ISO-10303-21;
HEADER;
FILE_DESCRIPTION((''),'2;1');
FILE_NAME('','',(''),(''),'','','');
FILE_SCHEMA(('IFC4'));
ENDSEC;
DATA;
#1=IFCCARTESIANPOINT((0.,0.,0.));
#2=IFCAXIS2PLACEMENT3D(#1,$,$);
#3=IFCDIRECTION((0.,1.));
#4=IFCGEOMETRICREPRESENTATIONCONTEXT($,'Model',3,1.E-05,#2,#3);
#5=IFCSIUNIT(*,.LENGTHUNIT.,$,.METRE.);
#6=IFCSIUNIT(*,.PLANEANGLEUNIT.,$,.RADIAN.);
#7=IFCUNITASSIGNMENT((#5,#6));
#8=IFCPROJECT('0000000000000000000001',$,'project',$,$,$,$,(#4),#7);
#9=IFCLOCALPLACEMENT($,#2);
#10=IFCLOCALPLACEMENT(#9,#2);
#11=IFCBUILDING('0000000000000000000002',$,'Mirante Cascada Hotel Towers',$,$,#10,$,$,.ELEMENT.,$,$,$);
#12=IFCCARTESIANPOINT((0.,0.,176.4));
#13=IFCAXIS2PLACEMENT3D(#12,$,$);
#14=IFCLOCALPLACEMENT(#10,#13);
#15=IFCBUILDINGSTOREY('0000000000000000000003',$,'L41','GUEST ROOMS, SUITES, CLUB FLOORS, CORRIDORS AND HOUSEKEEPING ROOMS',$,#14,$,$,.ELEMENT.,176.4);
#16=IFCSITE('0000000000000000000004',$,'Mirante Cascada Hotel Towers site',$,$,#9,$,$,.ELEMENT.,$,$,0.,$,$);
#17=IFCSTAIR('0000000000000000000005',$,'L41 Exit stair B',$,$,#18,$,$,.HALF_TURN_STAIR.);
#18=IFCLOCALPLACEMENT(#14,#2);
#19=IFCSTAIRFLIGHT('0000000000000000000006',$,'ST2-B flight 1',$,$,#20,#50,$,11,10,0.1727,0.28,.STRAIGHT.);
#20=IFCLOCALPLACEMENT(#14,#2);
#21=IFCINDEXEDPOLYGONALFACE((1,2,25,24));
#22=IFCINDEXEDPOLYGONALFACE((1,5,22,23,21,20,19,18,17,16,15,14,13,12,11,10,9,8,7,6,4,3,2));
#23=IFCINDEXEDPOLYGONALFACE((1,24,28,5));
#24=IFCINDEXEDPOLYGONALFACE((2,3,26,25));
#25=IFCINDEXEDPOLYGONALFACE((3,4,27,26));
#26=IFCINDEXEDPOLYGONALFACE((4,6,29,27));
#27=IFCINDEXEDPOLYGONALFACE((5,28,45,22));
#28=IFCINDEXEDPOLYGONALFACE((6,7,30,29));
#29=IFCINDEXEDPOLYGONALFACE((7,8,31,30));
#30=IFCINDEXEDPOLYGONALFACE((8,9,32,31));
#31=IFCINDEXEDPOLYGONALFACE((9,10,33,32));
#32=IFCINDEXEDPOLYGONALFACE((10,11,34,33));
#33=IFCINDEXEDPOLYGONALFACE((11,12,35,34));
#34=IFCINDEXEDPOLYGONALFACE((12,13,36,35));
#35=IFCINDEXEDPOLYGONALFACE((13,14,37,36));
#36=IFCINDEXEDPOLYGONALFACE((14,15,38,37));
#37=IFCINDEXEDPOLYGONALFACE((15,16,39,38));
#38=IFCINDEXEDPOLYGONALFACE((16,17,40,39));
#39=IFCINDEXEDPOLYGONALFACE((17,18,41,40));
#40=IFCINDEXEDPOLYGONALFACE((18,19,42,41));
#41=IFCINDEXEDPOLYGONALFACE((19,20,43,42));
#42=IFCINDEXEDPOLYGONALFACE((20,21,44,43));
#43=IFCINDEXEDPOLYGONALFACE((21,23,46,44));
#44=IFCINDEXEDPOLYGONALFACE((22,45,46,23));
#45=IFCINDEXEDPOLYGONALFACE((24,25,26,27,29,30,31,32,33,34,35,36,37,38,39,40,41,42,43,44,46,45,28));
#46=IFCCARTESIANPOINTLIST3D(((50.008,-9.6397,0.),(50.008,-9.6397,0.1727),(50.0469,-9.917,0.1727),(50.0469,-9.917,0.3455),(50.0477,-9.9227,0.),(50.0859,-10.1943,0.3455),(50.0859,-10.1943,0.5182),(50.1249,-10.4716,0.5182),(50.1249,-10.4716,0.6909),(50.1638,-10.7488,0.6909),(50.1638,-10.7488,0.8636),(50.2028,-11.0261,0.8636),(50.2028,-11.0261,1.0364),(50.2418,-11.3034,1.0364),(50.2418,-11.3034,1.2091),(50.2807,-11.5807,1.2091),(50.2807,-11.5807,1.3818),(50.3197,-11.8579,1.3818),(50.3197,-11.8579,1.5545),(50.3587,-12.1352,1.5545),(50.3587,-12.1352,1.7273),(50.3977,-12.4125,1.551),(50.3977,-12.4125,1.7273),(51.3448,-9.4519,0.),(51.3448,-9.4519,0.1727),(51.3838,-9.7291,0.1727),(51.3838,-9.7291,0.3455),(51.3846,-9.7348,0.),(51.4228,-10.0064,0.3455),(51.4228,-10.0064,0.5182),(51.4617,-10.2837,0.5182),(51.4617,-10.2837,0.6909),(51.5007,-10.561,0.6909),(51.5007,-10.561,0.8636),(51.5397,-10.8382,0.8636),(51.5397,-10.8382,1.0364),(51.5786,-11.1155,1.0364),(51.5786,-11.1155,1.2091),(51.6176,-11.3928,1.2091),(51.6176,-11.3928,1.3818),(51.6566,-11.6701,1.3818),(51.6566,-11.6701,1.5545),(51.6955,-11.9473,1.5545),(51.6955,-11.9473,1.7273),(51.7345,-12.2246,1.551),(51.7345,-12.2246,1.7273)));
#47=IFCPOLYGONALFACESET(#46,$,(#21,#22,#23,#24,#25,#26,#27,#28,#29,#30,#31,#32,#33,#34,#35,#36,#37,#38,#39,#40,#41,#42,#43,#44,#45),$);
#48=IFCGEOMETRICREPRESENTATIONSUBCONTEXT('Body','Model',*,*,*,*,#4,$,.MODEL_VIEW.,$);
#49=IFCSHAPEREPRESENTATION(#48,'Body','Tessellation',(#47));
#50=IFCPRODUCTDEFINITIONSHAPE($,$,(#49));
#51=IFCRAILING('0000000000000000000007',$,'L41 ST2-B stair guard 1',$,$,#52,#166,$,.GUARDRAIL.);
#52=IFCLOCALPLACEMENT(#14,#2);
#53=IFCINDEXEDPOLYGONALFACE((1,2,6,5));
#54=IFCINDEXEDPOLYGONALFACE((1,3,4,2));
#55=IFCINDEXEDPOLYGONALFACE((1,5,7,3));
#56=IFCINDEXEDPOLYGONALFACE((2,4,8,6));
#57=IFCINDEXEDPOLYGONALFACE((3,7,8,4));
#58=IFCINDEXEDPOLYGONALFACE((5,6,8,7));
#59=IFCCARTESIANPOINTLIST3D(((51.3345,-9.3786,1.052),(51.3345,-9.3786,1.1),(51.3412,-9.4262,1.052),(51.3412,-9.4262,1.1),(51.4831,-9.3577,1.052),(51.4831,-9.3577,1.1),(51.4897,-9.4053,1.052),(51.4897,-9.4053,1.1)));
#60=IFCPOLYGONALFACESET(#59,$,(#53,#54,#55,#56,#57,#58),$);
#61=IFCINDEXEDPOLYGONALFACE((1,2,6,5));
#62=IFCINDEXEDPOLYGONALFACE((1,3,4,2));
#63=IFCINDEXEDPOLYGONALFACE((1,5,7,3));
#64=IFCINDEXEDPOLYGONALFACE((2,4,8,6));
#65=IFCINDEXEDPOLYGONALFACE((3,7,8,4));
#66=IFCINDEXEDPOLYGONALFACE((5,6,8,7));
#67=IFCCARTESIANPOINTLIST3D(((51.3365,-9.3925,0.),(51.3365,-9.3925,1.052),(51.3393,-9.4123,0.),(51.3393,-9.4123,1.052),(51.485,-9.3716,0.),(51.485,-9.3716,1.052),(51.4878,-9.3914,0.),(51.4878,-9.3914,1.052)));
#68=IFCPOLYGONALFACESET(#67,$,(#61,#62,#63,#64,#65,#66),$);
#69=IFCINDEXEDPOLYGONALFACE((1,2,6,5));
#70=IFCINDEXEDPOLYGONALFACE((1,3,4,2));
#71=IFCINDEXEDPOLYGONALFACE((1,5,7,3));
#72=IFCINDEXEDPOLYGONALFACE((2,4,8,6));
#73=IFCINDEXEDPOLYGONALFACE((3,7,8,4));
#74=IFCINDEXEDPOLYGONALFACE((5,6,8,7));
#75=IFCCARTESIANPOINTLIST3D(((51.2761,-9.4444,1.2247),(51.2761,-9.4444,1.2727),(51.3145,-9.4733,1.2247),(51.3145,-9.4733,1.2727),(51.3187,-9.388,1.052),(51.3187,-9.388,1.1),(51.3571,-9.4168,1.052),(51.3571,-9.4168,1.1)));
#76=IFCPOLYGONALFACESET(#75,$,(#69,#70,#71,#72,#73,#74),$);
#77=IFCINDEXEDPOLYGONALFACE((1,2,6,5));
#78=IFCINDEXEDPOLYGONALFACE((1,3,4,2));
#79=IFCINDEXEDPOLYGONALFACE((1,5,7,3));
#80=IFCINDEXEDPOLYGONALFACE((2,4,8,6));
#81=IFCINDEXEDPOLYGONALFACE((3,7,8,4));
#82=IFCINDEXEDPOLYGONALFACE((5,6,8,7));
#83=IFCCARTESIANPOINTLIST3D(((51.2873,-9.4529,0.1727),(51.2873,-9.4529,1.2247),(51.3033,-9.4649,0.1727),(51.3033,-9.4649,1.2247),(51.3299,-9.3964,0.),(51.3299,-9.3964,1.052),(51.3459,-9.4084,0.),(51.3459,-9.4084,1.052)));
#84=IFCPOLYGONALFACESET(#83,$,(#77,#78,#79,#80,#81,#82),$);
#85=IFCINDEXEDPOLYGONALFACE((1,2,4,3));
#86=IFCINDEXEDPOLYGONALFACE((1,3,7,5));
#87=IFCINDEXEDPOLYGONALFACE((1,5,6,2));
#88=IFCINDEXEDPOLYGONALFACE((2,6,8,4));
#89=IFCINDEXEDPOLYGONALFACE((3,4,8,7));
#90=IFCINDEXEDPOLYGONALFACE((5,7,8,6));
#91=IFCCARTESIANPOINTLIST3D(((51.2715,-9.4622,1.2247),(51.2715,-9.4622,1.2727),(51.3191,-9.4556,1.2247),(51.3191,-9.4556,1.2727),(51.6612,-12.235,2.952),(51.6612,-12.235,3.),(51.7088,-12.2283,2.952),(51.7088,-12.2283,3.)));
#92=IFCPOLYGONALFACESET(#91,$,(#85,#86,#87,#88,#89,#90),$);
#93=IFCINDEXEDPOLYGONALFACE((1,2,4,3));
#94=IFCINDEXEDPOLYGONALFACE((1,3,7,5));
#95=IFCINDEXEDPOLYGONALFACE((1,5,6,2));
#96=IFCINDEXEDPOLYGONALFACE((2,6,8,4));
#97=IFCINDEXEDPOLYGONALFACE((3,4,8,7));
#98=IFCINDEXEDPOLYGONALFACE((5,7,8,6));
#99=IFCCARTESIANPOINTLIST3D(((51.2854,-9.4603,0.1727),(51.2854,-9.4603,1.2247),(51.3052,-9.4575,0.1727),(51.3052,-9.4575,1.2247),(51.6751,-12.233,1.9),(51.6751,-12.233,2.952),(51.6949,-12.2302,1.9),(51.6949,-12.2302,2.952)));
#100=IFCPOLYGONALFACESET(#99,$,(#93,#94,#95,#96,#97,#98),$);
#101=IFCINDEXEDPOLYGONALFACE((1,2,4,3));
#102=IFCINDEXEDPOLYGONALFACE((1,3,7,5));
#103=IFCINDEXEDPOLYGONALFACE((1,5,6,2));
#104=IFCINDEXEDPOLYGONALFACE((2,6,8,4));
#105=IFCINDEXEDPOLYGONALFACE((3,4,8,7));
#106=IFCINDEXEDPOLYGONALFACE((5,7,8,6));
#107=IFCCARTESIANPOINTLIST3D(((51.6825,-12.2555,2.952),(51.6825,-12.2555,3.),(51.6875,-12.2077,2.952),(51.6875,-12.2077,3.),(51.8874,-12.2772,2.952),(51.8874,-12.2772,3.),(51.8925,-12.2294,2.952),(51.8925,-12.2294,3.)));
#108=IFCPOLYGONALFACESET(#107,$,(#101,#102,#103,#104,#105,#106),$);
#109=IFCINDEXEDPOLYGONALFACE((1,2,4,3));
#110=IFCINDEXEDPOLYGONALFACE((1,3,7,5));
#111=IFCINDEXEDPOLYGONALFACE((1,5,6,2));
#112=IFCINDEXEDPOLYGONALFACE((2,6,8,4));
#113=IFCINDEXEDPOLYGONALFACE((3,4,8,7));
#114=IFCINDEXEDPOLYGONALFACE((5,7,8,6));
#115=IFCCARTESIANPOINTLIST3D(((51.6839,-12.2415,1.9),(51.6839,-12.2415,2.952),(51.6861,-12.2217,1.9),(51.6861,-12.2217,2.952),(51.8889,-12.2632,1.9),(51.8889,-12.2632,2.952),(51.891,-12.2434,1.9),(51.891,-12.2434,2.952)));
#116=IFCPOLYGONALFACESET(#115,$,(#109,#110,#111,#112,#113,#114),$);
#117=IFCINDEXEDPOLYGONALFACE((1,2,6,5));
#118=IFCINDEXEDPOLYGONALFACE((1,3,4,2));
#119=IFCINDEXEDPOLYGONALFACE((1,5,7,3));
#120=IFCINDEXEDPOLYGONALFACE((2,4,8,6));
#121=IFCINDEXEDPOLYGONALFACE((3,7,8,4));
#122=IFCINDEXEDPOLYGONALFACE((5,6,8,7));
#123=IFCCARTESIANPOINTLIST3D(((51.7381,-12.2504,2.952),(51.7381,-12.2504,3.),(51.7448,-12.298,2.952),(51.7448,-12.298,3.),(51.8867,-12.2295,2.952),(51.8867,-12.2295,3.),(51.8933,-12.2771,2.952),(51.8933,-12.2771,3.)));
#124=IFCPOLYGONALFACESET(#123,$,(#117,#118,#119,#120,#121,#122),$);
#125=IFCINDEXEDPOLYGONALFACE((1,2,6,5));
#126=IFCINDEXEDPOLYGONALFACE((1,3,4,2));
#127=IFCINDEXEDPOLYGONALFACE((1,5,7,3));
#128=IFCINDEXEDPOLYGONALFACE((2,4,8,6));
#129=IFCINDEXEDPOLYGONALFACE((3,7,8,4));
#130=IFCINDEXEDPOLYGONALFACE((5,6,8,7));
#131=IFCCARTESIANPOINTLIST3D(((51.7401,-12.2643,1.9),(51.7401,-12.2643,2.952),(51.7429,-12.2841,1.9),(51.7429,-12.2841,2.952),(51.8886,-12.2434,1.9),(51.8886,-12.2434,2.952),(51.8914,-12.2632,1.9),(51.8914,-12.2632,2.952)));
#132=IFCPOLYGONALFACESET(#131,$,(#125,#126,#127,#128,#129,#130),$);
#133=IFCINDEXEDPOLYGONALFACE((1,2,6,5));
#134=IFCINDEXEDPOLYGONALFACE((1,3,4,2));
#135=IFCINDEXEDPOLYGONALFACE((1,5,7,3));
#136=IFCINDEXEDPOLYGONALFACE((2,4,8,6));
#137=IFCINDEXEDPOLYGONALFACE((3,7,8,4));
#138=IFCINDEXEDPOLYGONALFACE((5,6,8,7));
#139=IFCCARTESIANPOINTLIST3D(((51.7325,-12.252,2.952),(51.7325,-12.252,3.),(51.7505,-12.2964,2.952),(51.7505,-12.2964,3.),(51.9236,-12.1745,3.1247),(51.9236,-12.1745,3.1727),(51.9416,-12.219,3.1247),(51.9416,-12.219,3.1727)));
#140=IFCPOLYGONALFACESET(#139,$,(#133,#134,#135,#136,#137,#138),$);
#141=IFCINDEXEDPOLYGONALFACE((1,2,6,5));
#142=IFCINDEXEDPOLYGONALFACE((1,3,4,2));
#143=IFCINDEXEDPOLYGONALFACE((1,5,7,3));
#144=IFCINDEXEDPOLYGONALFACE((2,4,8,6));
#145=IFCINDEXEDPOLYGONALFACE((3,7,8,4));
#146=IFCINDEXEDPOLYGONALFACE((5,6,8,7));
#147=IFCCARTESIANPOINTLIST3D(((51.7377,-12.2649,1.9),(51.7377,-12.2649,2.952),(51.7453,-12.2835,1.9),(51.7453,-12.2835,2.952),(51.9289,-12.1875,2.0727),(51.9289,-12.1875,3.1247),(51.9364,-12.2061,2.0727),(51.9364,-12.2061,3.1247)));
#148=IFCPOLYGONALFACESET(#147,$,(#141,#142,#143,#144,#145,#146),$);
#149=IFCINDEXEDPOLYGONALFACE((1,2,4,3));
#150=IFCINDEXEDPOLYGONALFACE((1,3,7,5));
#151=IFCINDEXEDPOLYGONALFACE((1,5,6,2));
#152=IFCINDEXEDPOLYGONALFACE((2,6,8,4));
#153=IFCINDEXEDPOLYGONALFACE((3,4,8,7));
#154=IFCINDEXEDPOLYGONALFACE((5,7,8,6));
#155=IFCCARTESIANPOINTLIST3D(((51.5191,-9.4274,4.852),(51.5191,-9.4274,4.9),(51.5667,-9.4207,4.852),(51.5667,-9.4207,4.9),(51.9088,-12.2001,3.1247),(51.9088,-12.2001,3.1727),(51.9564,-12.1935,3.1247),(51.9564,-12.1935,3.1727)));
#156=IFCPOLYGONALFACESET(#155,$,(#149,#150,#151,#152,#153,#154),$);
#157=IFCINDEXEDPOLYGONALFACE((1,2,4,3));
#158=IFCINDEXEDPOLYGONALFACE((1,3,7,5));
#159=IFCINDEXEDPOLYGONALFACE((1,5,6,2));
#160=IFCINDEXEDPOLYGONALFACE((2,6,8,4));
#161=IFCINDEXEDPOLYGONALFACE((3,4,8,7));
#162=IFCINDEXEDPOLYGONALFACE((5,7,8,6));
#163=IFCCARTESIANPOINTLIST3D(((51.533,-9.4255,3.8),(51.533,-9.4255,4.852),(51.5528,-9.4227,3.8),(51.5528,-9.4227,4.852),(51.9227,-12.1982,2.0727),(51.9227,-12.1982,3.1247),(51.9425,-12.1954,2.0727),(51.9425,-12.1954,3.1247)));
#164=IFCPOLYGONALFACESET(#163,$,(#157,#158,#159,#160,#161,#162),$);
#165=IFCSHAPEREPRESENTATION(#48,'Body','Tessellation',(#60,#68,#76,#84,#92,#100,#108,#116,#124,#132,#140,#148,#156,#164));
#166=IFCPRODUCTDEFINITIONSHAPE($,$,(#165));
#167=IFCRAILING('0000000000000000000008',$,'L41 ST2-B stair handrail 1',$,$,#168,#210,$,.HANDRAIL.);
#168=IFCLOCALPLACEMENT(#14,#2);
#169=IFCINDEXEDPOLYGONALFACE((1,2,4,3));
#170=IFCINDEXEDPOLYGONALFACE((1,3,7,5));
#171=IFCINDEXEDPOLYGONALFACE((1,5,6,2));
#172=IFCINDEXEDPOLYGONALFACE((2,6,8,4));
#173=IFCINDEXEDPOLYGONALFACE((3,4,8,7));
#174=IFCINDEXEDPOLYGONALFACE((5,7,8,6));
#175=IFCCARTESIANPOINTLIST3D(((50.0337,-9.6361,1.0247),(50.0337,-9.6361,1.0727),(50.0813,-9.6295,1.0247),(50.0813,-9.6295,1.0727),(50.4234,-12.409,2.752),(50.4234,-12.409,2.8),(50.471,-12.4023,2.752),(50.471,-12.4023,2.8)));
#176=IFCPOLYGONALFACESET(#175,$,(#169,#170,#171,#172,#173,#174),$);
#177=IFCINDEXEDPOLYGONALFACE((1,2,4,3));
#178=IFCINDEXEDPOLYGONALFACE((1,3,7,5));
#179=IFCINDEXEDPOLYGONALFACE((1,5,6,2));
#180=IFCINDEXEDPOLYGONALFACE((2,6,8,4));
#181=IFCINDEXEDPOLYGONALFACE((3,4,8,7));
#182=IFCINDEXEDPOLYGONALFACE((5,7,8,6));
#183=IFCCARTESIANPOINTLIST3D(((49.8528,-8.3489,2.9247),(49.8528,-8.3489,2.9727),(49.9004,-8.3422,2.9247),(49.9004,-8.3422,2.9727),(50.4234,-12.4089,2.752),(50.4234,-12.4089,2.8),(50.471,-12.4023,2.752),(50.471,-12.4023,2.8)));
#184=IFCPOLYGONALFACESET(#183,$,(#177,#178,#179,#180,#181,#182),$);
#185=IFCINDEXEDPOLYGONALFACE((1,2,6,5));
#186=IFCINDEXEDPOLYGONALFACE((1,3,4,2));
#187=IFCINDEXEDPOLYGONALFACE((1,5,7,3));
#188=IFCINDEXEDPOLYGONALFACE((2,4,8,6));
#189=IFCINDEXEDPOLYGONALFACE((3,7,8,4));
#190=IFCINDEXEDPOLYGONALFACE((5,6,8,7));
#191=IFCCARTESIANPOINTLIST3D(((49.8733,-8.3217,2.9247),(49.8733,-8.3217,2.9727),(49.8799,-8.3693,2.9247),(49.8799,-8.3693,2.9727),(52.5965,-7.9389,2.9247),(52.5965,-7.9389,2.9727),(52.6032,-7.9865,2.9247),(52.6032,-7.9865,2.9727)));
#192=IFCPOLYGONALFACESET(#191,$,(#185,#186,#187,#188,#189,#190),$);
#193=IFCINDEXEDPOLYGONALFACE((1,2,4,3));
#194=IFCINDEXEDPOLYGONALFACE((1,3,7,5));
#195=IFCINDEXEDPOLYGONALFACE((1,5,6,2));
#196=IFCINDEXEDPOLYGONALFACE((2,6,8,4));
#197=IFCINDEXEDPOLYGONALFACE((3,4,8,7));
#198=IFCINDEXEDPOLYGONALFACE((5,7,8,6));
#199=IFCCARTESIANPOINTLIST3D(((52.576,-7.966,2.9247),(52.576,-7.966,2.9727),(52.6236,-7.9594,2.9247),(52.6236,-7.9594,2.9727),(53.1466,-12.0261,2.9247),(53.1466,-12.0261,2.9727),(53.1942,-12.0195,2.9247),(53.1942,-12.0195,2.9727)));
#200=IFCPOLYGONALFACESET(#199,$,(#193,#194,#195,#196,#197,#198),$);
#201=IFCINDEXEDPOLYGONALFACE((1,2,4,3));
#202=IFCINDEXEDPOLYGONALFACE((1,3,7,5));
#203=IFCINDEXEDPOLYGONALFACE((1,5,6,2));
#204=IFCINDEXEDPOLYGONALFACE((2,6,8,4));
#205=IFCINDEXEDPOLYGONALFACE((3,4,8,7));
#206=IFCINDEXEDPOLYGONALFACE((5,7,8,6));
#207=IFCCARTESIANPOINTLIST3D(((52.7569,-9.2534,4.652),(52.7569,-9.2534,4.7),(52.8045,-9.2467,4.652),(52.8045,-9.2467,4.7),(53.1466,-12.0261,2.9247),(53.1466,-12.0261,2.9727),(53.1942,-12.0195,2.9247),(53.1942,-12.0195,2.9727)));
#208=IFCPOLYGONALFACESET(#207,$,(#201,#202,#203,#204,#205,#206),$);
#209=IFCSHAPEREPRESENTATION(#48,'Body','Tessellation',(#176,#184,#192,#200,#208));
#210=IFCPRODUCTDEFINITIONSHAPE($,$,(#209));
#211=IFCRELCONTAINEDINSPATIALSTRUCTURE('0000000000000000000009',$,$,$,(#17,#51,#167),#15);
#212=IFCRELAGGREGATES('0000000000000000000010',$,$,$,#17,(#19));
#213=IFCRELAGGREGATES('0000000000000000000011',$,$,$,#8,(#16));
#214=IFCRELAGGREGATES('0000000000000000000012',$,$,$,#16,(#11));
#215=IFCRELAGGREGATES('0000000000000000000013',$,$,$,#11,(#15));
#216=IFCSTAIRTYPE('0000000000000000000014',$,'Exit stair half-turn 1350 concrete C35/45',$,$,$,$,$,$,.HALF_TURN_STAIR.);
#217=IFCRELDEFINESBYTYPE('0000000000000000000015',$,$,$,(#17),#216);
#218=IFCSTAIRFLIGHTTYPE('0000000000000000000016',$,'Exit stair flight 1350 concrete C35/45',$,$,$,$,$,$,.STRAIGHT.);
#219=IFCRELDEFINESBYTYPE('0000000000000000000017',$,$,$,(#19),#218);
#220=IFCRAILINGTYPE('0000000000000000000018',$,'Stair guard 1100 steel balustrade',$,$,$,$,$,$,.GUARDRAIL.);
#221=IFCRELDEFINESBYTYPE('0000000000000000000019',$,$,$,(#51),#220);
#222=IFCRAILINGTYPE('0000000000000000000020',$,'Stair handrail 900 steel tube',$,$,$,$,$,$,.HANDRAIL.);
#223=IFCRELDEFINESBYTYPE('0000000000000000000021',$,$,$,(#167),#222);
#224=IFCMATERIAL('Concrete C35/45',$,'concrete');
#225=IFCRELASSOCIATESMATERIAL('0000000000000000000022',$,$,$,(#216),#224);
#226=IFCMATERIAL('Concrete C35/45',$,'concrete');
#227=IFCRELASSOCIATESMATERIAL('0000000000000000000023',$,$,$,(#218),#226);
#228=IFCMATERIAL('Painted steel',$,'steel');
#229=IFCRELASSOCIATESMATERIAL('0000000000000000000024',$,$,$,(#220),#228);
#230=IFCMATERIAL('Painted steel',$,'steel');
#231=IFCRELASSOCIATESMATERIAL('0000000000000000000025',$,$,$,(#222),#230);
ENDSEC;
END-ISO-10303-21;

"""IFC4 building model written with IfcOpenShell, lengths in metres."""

from ifc_helpers import new_model, si_unit, direction, frame, origin, origin_2d, place, context, subcontext, project, spatial, polyline, rectangle, outline, extrude, material, type_object, element, aggregate, save


model = new_model("IFC4")

# Units and contexts
model_context = context("Model", 3, precision=1e-05, world=origin(), true_north=direction((0.0, 1.0)))
body_context = subcontext(model_context, "Body", "Model", "MODEL_VIEW")
ifc_project = project(units=[si_unit("LENGTHUNIT", "METRE"), si_unit("PLANEANGLEUNIT", "RADIAN")], contexts=[model_context])

# Site, building, storey
site_placement = place(None, origin())
site = spatial("IfcSite", under=ifc_project, at=site_placement, Name="Mirante Cascada Hotel Towers site", CompositionType="ELEMENT", RefElevation=0.0)
building_placement = place(site_placement, origin())
building = spatial("IfcBuilding", under=site, at=building_placement, Name="Mirante Cascada Hotel Towers", CompositionType="ELEMENT")
storey_placement = place(building_placement, frame((0.0, 0.0, 176.4)))
storey = spatial("IfcBuildingStorey", under=building, at=storey_placement, Name="L41", Description="GUEST ROOMS, SUITES, CLUB FLOORS, CORRIDORS AND HOUSEKEEPING ROOMS", CompositionType="ELEMENT", Elevation=176.4)

# Stair, stair flight
ifc_material_1 = material(Name="Concrete C35/45", Category="concrete")
stair_type = type_object("IfcStairType", Name="Exit stair half-turn 1350 concrete C35/45", PredefinedType="HALF_TURN_STAIR", material=ifc_material_1)
stair_placement = place(storey_placement, origin())
stair = element("IfcStair", 1, at=stair_placement, inside=storey, type_object=stair_type, Name="L41 Exit stair B", PredefinedType="HALF_TURN_STAIR")
ifc_material_2 = material(Name="Concrete C35/45", Category="concrete")
stair_flight_type = type_object("IfcStairFlightType", Name="Exit stair flight 1350 concrete C35/45", PredefinedType="STRAIGHT", material=ifc_material_2)
stair_flight_placement = place(storey_placement, frame((50.6764, -9.5458, 0.0), z_axis=(0.0, 0.0, 1.0), x_axis=(0.139173, -0.990268, 0.0)))
stair_flight = element("IfcStairFlight", 2, at=stair_flight_placement, type_object=stair_flight_type, Name="ST2-B flight 1", NumberOfRisers=11, NumberOfTreads=10, PredefinedType="STRAIGHT", RiserHeight=0.1727, TreadLength=0.28, context=body_context, shape_type="SweptSolid", body=[
    extrude(outline(polyline([(0.0, 0.0), (0.0, 0.1727), (0.28, 0.1727), (0.28, 0.3455), (0.56, 0.3455), (0.56, 0.5182), (0.84, 0.5182), (0.84, 0.6909), (1.12, 0.6909), (1.12, 0.8636), (1.4, 0.8636), (1.4, 1.0364), (1.68, 1.0364), (1.68, 1.2091), (1.96, 1.2091), (1.96, 1.3818), (2.24, 1.3818), (2.24, 1.5545), (2.52, 1.5545), (2.52, 1.7273), (2.8, 1.7273), (2.8, 1.9), (2.8, 1.551), (0.2857, 0.0), (0.0, 0.0)])), frame((0.0, 0.675, 0.0), z_axis=(0.0, -1.0, 0.0), x_axis=(1.0, 0.0, 0.0)), (0.0, 0.0, 1.0), 1.35),
])
aggregate(stair, [stair_flight])

# Railings
ifc_material_3 = material(Name="Painted steel", Category="steel")
railing_type_1 = type_object("IfcRailingType", Name="Stair guard 1100 steel balustrade", PredefinedType="GUARDRAIL", material=ifc_material_3)
railing_1_placement = place(storey_placement, frame((51.4864, -9.3815, 0.0)))
element("IfcRailing", 3, at=railing_1_placement, inside=storey, type_object=railing_type_1, Name="L41 ST2-B stair guard 1", PredefinedType="GUARDRAIL", context=body_context, shape_type="SweptSolid", body=[
    extrude(rectangle(XDim=0.048, YDim=0.048, at=origin_2d()), frame((0.0, 0.0, 1.076), z_axis=(-0.990241, -0.139367, 0.0), x_axis=(0.139367, -0.990241, 0.0)), (0.0, 0.0, 1.0), 0.15),
    extrude(rectangle(XDim=0.02, YDim=1.052, at=origin_2d()), frame((0.0, 0.0, 0.526), z_axis=(-0.990241, -0.139367, 0.0), x_axis=(0.139367, -0.990241, 0.0)), (0.0, 0.0, 1.0), 0.15),
    extrude(rectangle(XDim=0.048, YDim=0.048, at=origin_2d()), frame((-0.1485, -0.0209, 1.076), z_axis=(-0.602033, -0.798471, 0.0), x_axis=(0.798471, -0.602033, 0.0)), (0.0, 0.92534, 0.379139), 0.1866),
    extrude(rectangle(XDim=0.02, YDim=1.052, at=origin_2d()), frame((-0.1485, -0.0209, 0.526), z_axis=(-0.602033, -0.798471, 0.0), x_axis=(0.798471, -0.602033, 0.0)), (0.0, 0.92534, 0.379139), 0.1866),
    extrude(rectangle(XDim=0.048, YDim=0.048, at=origin_2d()), frame((-0.1911, -0.0774, 1.2487), z_axis=(0.139181, -0.990267, 0.0), x_axis=(0.990267, 0.139181, 0.0)), (0.0, 0.525035, 0.851081), 3.2899),
    extrude(rectangle(XDim=0.02, YDim=1.052, at=origin_2d()), frame((-0.1911, -0.0774, 0.6987), z_axis=(0.139181, -0.990267, 0.0), x_axis=(0.990267, 0.139181, 0.0)), (0.0, 0.525035, 0.851081), 3.2899),
    extrude(rectangle(XDim=0.048, YDim=0.048, at=origin_2d()), frame((0.1986, -2.8501, 2.976), z_axis=(0.994444, -0.105266, 0.0), x_axis=(0.105266, 0.994444, 0.0)), (0.0, 0.0, 1.0), 0.2061),
    extrude(rectangle(XDim=0.02, YDim=1.052, at=origin_2d()), frame((0.1986, -2.8501, 2.426), z_axis=(0.994444, -0.105266, 0.0), x_axis=(0.105266, 0.994444, 0.0)), (0.0, 0.0, 1.0), 0.2061),
    extrude(rectangle(XDim=0.048, YDim=0.048, at=origin_2d()), frame((0.4036, -2.8718, 2.976), z_axis=(-0.990241, -0.139367, 0.0), x_axis=(0.139367, -0.990241, 0.0)), (0.0, 0.0, 1.0), 0.15),
    extrude(rectangle(XDim=0.02, YDim=1.052, at=origin_2d()), frame((0.4036, -2.8718, 2.426), z_axis=(-0.990241, -0.139367, 0.0), x_axis=(0.139367, -0.990241, 0.0)), (0.0, 0.0, 1.0), 0.15),
    extrude(rectangle(XDim=0.048, YDim=0.048, at=origin_2d()), frame((0.2551, -2.8927, 2.976), z_axis=(0.926862, 0.375401, 0.0), x_axis=(-0.375401, 0.926862, 0.0)), (0.0, 0.642122, 0.766603), 0.269),
    extrude(rectangle(XDim=0.02, YDim=1.052, at=origin_2d()), frame((0.2551, -2.8927, 2.426), z_axis=(0.926862, 0.375401, 0.0), x_axis=(-0.375401, 0.926862, 0.0)), (0.0, 0.642122, 0.766603), 0.269),
    extrude(rectangle(XDim=0.048, YDim=0.048, at=origin_2d()), frame((0.4462, -2.8153, 3.1487), z_axis=(-0.139181, 0.990267, 0.0), x_axis=(-0.990267, -0.139181, 0.0)), (0.0, 0.525035, 0.851081), 3.2899),
    extrude(rectangle(XDim=0.02, YDim=1.052, at=origin_2d()), frame((0.4462, -2.8153, 2.5987), z_axis=(-0.139181, 0.990267, 0.0), x_axis=(-0.990267, -0.139181, 0.0)), (0.0, 0.525035, 0.851081), 3.2899),
])
ifc_material_4 = material(Name="Painted steel", Category="steel")
railing_type_2 = type_object("IfcRailingType", Name="Stair handrail 900 steel tube", PredefinedType="HANDRAIL", material=ifc_material_4)
railing_2_placement = place(storey_placement, frame((50.0575, -9.6328, 0.1727)))
element("IfcRailing", 4, at=railing_2_placement, inside=storey, type_object=railing_type_2, Name="L41 ST2-B stair handrail 1", PredefinedType="HANDRAIL", context=body_context, shape_type="SweptSolid", body=[
    extrude(rectangle(XDim=0.048, YDim=0.048, at=origin_2d()), frame((0.0, 0.0, 0.876), z_axis=(0.139176, -0.990268, 0.0), x_axis=(0.990268, 0.139176, 0.0)), (0.0, 0.525021, 0.851089), 3.29),
    extrude(rectangle(XDim=0.048, YDim=0.048, at=origin_2d()), frame((0.3897, -2.7728, 2.6033), z_axis=(-0.139171, 0.990268, 0.0), x_axis=(-0.990268, -0.139171, 0.0)), (0.0, 0.042085, 0.999114), 4.1036),
    extrude(rectangle(XDim=0.048, YDim=0.048, at=origin_2d()), frame((-0.1809, 1.2873, 2.776), z_axis=(0.990264, 0.139201, 0.0), x_axis=(-0.139201, 0.990264, 0.0)), (0.0, 0.0, 1.0), 2.75),
    extrude(rectangle(XDim=0.048, YDim=0.048, at=origin_2d()), frame((2.5423, 1.6701, 2.776), z_axis=(0.139171, -0.990268, 0.0), x_axis=(0.990268, 0.139171, 0.0)), (0.0, 0.0, 1.0), 4.1),
    extrude(rectangle(XDim=0.048, YDim=0.048, at=origin_2d()), frame((3.1129, -2.39, 2.776), z_axis=(-0.139181, 0.990267, 0.0), x_axis=(-0.990267, -0.139181, 0.0)), (0.0, 0.525035, 0.851081), 3.2899),
])

save(model, "model.ifc")
